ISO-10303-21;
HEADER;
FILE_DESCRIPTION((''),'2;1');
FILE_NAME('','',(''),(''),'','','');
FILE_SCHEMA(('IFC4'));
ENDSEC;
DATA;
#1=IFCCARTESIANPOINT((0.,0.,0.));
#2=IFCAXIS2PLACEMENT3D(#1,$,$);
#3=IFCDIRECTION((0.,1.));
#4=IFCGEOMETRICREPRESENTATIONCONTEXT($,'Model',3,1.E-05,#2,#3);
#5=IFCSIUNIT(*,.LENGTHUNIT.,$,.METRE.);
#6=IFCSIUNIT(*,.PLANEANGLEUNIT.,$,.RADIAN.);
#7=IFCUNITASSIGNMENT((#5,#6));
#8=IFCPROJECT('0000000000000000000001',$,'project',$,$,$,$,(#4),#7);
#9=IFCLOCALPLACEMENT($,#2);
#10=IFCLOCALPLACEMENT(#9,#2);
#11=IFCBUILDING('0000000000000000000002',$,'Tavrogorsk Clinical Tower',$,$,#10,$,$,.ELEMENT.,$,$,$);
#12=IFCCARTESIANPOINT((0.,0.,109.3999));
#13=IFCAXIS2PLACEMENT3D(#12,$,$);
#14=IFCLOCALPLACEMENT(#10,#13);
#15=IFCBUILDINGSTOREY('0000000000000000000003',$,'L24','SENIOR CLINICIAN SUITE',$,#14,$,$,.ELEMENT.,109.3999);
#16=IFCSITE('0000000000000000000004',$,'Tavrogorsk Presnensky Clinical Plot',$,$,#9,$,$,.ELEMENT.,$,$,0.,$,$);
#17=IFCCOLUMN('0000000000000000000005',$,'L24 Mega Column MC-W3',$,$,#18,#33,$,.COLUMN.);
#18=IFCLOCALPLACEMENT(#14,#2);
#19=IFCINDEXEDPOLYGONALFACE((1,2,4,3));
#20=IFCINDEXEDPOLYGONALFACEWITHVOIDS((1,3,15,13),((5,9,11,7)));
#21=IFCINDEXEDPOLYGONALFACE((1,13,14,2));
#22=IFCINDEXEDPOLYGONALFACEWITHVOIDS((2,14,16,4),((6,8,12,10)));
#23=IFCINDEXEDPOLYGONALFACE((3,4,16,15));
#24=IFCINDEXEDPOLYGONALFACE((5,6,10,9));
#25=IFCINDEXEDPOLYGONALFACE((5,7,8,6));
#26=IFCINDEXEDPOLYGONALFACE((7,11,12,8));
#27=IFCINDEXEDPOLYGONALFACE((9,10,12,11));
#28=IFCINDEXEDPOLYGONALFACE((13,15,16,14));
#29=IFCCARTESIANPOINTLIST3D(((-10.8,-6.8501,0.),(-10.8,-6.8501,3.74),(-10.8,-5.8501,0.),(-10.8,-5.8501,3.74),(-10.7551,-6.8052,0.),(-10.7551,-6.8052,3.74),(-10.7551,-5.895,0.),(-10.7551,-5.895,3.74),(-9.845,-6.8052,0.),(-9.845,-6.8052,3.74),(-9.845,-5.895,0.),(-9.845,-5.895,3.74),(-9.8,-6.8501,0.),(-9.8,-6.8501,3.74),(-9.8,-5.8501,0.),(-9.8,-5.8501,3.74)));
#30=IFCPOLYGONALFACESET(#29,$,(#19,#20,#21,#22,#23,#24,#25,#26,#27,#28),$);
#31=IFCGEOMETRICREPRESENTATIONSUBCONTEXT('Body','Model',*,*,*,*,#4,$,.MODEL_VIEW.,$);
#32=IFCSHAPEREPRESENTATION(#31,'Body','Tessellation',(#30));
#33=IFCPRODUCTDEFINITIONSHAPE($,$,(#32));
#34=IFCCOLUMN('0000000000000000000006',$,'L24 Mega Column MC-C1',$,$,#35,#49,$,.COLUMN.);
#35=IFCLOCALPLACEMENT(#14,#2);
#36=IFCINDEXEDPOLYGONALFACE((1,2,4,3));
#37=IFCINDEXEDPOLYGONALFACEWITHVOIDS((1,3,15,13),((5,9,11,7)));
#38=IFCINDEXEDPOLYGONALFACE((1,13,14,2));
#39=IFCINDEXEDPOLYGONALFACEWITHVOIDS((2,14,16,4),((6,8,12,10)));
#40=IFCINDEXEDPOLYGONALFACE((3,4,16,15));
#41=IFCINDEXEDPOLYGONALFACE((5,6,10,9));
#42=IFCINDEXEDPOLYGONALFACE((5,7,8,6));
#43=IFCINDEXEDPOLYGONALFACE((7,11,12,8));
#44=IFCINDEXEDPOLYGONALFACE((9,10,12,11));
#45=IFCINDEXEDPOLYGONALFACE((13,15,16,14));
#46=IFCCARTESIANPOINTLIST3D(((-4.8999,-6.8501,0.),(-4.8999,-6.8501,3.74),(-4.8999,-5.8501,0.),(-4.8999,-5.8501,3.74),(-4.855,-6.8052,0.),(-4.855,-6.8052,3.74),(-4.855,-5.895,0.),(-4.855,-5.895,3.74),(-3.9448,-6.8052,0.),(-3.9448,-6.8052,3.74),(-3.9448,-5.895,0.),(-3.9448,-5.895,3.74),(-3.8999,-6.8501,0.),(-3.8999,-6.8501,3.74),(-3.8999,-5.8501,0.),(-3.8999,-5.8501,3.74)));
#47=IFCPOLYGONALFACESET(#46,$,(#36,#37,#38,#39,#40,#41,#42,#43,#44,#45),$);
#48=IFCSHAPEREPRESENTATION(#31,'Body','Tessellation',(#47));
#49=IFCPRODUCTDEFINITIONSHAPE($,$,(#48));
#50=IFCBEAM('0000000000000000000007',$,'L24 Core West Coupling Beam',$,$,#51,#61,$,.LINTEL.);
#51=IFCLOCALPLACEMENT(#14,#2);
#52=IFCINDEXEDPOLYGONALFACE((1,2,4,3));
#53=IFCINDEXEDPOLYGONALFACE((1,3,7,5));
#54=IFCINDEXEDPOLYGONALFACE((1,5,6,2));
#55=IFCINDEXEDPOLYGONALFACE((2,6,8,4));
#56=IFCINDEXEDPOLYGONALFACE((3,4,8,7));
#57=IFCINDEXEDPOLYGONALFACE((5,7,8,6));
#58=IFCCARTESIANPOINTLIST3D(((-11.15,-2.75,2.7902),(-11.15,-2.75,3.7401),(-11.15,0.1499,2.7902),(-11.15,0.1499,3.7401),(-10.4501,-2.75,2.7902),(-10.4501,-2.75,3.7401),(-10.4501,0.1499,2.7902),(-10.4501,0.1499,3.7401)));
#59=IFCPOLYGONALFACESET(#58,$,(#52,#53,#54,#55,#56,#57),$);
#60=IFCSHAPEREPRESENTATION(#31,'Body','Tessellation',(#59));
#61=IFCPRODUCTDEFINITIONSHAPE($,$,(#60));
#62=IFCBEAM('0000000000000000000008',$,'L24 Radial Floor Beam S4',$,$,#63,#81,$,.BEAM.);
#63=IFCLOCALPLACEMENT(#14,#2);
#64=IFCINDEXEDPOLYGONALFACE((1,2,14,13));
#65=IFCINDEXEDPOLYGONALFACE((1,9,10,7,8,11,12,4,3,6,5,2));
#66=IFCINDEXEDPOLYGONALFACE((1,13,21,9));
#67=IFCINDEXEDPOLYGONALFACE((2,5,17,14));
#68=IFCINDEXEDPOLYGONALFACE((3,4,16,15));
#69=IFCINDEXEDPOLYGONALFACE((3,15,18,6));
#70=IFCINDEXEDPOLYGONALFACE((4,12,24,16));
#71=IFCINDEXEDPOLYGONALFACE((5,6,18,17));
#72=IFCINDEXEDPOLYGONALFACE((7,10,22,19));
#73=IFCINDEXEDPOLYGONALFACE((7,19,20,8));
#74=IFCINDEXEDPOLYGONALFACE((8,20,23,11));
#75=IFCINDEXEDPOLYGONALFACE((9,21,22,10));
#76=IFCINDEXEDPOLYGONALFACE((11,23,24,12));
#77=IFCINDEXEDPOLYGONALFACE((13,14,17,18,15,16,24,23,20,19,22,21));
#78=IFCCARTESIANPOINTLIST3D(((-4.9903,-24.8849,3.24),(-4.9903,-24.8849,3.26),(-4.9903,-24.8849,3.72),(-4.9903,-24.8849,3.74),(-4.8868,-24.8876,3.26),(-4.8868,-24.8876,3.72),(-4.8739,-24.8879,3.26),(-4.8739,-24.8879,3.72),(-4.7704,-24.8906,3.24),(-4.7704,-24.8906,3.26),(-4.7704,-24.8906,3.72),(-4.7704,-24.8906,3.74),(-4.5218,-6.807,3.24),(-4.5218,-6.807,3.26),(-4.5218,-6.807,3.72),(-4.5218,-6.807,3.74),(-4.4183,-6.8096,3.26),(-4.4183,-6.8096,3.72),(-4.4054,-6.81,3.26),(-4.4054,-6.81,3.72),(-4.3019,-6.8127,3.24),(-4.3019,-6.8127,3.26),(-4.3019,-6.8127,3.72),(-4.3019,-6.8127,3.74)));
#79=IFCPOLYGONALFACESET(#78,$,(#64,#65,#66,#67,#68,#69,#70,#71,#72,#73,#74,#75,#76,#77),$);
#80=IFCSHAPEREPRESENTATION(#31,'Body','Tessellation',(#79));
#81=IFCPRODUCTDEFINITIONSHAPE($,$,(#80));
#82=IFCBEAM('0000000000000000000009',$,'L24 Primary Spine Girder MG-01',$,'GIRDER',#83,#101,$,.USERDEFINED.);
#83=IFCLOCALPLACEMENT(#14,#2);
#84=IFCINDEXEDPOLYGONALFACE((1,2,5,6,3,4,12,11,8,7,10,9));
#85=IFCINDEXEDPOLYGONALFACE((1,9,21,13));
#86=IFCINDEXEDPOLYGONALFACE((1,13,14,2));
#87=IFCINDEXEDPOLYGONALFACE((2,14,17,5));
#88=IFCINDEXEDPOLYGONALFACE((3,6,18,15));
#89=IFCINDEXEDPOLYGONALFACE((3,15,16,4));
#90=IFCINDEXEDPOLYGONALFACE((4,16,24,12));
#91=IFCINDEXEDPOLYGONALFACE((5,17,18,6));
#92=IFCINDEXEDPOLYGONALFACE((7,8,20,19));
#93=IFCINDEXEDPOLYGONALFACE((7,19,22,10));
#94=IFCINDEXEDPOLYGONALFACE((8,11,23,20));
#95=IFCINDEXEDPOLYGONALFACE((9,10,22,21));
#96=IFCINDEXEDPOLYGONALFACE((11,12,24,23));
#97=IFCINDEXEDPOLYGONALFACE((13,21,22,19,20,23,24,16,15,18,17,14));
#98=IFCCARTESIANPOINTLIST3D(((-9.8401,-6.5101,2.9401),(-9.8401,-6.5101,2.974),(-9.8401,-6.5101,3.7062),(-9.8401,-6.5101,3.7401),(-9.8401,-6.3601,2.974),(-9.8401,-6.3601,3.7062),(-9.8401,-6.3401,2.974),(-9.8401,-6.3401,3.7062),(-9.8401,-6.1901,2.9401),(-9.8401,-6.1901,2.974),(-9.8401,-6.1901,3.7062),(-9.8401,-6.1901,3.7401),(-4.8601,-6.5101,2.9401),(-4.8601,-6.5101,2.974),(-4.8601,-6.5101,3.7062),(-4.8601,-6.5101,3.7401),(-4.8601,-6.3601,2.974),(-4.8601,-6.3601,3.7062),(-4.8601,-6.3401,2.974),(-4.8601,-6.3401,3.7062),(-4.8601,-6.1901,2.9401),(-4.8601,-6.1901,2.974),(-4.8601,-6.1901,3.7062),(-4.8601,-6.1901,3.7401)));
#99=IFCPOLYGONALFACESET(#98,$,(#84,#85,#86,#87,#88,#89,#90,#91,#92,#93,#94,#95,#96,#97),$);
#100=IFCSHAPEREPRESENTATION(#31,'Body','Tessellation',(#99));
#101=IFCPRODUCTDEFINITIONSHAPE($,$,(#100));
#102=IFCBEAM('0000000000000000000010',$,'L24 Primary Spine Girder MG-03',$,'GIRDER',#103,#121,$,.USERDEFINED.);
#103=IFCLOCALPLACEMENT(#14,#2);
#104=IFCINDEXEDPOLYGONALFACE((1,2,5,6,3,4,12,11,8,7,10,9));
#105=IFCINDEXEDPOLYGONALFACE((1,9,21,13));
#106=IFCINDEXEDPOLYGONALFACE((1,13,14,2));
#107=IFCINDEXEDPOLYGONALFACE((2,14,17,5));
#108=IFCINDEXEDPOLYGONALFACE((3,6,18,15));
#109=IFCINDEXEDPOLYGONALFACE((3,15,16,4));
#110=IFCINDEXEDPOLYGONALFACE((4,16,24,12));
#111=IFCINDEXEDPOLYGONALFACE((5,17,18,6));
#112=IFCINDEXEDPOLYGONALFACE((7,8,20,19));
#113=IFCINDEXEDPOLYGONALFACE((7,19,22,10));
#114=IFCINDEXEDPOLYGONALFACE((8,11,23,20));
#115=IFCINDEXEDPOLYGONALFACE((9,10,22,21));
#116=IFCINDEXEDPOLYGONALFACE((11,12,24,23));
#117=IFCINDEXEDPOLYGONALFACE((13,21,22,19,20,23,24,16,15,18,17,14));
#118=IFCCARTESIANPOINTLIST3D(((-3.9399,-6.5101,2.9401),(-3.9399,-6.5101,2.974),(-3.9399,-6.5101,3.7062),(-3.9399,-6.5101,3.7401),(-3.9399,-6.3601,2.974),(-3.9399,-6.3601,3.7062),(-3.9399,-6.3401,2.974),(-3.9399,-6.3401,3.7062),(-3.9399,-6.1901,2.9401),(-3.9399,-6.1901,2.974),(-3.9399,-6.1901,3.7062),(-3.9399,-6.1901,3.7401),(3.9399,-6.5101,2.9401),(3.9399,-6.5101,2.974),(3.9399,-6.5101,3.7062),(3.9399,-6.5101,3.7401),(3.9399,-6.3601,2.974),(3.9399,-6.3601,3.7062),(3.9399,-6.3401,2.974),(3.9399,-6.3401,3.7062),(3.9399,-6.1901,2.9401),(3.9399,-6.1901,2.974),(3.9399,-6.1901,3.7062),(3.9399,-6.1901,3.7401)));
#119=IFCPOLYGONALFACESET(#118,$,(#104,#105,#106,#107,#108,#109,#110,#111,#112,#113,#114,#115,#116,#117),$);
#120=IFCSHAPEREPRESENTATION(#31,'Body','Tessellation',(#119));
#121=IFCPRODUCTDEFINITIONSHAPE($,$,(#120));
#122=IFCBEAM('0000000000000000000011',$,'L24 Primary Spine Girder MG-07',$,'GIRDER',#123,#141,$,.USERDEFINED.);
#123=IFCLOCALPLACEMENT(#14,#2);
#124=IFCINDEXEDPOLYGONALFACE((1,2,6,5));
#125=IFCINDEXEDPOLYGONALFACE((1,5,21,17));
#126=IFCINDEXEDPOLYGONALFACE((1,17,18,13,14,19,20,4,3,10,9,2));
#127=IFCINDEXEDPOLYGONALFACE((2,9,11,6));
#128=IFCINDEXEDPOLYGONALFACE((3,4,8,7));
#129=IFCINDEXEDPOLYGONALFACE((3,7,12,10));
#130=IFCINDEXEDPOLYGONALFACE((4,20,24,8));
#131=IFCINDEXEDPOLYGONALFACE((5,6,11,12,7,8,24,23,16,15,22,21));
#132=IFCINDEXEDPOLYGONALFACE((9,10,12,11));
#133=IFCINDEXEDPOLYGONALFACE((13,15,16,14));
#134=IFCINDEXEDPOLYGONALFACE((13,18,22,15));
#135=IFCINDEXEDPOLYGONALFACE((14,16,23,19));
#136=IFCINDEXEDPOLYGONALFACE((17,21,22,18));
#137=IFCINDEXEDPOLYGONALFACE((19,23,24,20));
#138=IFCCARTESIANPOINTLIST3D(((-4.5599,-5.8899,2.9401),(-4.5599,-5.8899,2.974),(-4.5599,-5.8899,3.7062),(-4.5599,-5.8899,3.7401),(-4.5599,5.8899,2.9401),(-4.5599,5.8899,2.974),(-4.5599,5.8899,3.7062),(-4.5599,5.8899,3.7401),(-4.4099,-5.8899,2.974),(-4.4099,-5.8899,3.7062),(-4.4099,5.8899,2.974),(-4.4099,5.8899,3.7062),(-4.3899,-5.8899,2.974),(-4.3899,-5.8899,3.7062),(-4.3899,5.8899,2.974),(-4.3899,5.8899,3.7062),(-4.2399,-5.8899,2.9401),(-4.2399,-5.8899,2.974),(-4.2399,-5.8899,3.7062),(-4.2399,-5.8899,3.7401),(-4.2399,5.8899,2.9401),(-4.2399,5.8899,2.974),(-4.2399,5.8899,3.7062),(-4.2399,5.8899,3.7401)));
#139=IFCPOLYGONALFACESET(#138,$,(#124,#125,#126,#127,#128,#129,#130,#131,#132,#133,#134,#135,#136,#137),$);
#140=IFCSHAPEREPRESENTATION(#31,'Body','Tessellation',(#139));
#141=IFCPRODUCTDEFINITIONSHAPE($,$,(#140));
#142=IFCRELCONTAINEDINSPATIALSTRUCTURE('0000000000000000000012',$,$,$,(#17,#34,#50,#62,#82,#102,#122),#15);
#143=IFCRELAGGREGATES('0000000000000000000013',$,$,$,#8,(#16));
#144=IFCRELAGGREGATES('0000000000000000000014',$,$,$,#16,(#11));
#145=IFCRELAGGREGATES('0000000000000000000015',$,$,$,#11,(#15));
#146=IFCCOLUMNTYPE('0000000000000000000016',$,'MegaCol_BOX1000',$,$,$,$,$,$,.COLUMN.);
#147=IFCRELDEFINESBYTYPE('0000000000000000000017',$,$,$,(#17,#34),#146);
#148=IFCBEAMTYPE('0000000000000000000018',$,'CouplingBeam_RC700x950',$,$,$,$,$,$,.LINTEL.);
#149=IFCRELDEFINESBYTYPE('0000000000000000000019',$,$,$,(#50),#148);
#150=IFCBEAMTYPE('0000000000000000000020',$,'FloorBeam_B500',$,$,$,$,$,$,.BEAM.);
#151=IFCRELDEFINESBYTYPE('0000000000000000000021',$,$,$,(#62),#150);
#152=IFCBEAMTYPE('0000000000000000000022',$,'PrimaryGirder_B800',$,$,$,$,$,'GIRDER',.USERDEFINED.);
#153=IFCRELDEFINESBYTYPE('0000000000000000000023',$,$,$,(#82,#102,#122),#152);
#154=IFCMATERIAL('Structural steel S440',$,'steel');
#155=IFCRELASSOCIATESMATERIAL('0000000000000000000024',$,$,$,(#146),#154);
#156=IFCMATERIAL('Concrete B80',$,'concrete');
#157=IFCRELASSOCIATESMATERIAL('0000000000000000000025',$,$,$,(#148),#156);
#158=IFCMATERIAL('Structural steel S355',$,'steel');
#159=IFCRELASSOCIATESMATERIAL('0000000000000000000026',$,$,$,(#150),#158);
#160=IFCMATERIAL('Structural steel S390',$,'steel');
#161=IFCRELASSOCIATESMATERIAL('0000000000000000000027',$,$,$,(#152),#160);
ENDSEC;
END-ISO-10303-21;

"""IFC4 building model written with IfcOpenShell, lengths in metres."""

from ifc_helpers import new_model, si_unit, direction, frame, origin, origin_2d, place, context, subcontext, project, spatial, rectangle, hollow_rectangle, i_section, extrude, material, material_profile, profile_set, type_object, element, save


model = new_model("IFC4")

# Units and contexts
model_context = context("Model", 3, precision=1e-05, world=origin(), true_north=direction((0.0, 1.0)))
body_context = subcontext(model_context, "Body", "Model", "MODEL_VIEW")
ifc_project = project(units=[si_unit("LENGTHUNIT", "METRE"), si_unit("PLANEANGLEUNIT", "RADIAN")], contexts=[model_context])

# Site, building, storey
site_placement = place(None, origin())
site = spatial("IfcSite", under=ifc_project, at=site_placement, Name="Tavrogorsk Presnensky Clinical Plot", CompositionType="ELEMENT", RefElevation=0.0)
building_placement = place(site_placement, origin())
building = spatial("IfcBuilding", under=site, at=building_placement, Name="Tavrogorsk Clinical Tower", CompositionType="ELEMENT")
storey_placement = place(building_placement, frame((0.0, 0.0, 109.3999)))
storey = spatial("IfcBuildingStorey", under=building, at=storey_placement, Name="L24", Description="SENIOR CLINICIAN SUITE", CompositionType="ELEMENT", Elevation=109.3999)

# Columns
ifc_material_1 = material(Name="Structural steel S440", Category="steel")
ifc_material_profile_1 = material_profile(ifc_material_1, hollow_rectangle(XDim=1.0, YDim=1.0, WallThickness=0.0449, at=origin_2d()), Name="BOX-1000x1000x45")
ifc_profile_set_1 = profile_set([ifc_material_profile_1], Name="Structural steel S440")
column_type = type_object("IfcColumnType", Name="MegaCol_BOX1000", PredefinedType="COLUMN", material=ifc_profile_set_1)
for number, where, z_axis, x_axis, name in (
    (1, (-10.3, -6.3501, 0.0), (0.0, 0.0, 1.0), (1.0, 0.0, 0.0), "L24 Mega Column MC-W3"),
    (2, (-4.3999, -6.3501, 0.0), (0.0, 0.0, 1.0), (1.0, 0.0, 0.0), "L24 Mega Column MC-C1"),
):
    element("IfcColumn", number, at=place(storey_placement, frame(where, z_axis=z_axis, x_axis=x_axis)), inside=storey, type_object=column_type, Name=name, PredefinedType="COLUMN", context=body_context, shape_type="SweptSolid", body=[
        extrude(hollow_rectangle(XDim=1.0, YDim=1.0, WallThickness=0.0449, at=origin_2d()), origin(), (0.0, 0.0, 1.0), 3.74),
    ])

# Beams
ifc_material_2 = material(Name="Concrete B80", Category="concrete")
ifc_material_profile_2 = material_profile(ifc_material_2, rectangle(XDim=0.7, YDim=0.95, at=origin_2d()), Name="RC-CB-700x950")
ifc_profile_set_2 = profile_set([ifc_material_profile_2], Name="Concrete B80")
beam_type_1 = type_object("IfcBeamType", Name="CouplingBeam_RC700x950", PredefinedType="LINTEL", material=ifc_profile_set_2)
beam_1_placement = place(storey_placement, frame((-10.8, -2.75, 3.2651), z_axis=(0.0, 1.0, 0.0), x_axis=(-1.0, 0.0, 0.0)))
element("IfcBeam", 3, at=beam_1_placement, inside=storey, type_object=beam_type_1, Name="L24 Core West Coupling Beam", PredefinedType="LINTEL", context=body_context, shape_type="SweptSolid", body=[
    extrude(rectangle(XDim=0.7, YDim=0.95, at=origin_2d()), origin(), (0.0, 0.0, 1.0), 2.8999),
])
ifc_material_3 = material(Name="Structural steel S355", Category="steel")
ifc_material_profile_3 = material_profile(ifc_material_3, i_section(OverallWidth=0.22, OverallDepth=0.5, WebThickness=0.0129, FlangeThickness=0.02, at=origin_2d()), Name="B-500x220x13x20")
ifc_profile_set_3 = profile_set([ifc_material_profile_3], Name="Structural steel S355")
beam_type_2 = type_object("IfcBeamType", Name="FloorBeam_B500", PredefinedType="BEAM", material=ifc_profile_set_3)
beam_2_placement = place(storey_placement, frame((-4.4119, -6.8098, 3.49), z_axis=(-0.025907, -0.999664, 0.0), x_axis=(0.999664, -0.025907, 0.0)))
element("IfcBeam", 4, at=beam_2_placement, inside=storey, type_object=beam_type_2, Name="L24 Radial Floor Beam S4", PredefinedType="BEAM", context=body_context, shape_type="SweptSolid", body=[
    extrude(i_section(OverallWidth=0.22, OverallDepth=0.5, WebThickness=0.0129, FlangeThickness=0.02, at=origin_2d()), origin(), (0.0, 0.0, 1.0), 18.084),
])
ifc_material_4 = material(Name="Structural steel S390", Category="steel")
ifc_material_profile_4 = material_profile(ifc_material_4, i_section(OverallWidth=0.3201, OverallDepth=0.8, WebThickness=0.02, FlangeThickness=0.0339, at=origin_2d()), Name="B-800x320x20x34")
ifc_profile_set_4 = profile_set([ifc_material_profile_4], Name="Structural steel S390")
beam_type_3 = type_object("IfcBeamType", Name="PrimaryGirder_B800", ElementType="GIRDER", PredefinedType="USERDEFINED", material=ifc_profile_set_4)
beam_3_placement = place(storey_placement, frame((-9.8401, -6.3501, 3.3401), z_axis=(1.0, 0.0, 0.0), x_axis=(0.0, 1.0, 0.0)))
element("IfcBeam", 5, at=beam_3_placement, inside=storey, type_object=beam_type_3, Name="L24 Primary Spine Girder MG-01", ObjectType="GIRDER", PredefinedType="USERDEFINED", context=body_context, shape_type="SweptSolid", body=[
    extrude(i_section(OverallWidth=0.3201, OverallDepth=0.8, WebThickness=0.02, FlangeThickness=0.0339, at=origin_2d()), origin(), (0.0, 0.0, 1.0), 4.98),
])
beam_4_placement = place(storey_placement, frame((-3.9399, -6.3501, 3.3401), z_axis=(1.0, 0.0, 0.0), x_axis=(0.0, 1.0, 0.0)))
element("IfcBeam", 6, at=beam_4_placement, inside=storey, type_object=beam_type_3, Name="L24 Primary Spine Girder MG-03", ObjectType="GIRDER", PredefinedType="USERDEFINED", context=body_context, shape_type="SweptSolid", body=[
    extrude(i_section(OverallWidth=0.3201, OverallDepth=0.8, WebThickness=0.02, FlangeThickness=0.0339, at=origin_2d()), origin(), (0.0, 0.0, 1.0), 7.8799),
])
beam_5_placement = place(storey_placement, frame((-4.3999, -5.8899, 3.3401), z_axis=(0.0, 1.0, 0.0), x_axis=(-1.0, 0.0, 0.0)))
element("IfcBeam", 7, at=beam_5_placement, inside=storey, type_object=beam_type_3, Name="L24 Primary Spine Girder MG-07", ObjectType="GIRDER", PredefinedType="USERDEFINED", context=body_context, shape_type="SweptSolid", body=[
    extrude(i_section(OverallWidth=0.3201, OverallDepth=0.8, WebThickness=0.02, FlangeThickness=0.0339, at=origin_2d()), origin(), (0.0, 0.0, 1.0), 11.7798),
])

save(model, "model.ifc")
